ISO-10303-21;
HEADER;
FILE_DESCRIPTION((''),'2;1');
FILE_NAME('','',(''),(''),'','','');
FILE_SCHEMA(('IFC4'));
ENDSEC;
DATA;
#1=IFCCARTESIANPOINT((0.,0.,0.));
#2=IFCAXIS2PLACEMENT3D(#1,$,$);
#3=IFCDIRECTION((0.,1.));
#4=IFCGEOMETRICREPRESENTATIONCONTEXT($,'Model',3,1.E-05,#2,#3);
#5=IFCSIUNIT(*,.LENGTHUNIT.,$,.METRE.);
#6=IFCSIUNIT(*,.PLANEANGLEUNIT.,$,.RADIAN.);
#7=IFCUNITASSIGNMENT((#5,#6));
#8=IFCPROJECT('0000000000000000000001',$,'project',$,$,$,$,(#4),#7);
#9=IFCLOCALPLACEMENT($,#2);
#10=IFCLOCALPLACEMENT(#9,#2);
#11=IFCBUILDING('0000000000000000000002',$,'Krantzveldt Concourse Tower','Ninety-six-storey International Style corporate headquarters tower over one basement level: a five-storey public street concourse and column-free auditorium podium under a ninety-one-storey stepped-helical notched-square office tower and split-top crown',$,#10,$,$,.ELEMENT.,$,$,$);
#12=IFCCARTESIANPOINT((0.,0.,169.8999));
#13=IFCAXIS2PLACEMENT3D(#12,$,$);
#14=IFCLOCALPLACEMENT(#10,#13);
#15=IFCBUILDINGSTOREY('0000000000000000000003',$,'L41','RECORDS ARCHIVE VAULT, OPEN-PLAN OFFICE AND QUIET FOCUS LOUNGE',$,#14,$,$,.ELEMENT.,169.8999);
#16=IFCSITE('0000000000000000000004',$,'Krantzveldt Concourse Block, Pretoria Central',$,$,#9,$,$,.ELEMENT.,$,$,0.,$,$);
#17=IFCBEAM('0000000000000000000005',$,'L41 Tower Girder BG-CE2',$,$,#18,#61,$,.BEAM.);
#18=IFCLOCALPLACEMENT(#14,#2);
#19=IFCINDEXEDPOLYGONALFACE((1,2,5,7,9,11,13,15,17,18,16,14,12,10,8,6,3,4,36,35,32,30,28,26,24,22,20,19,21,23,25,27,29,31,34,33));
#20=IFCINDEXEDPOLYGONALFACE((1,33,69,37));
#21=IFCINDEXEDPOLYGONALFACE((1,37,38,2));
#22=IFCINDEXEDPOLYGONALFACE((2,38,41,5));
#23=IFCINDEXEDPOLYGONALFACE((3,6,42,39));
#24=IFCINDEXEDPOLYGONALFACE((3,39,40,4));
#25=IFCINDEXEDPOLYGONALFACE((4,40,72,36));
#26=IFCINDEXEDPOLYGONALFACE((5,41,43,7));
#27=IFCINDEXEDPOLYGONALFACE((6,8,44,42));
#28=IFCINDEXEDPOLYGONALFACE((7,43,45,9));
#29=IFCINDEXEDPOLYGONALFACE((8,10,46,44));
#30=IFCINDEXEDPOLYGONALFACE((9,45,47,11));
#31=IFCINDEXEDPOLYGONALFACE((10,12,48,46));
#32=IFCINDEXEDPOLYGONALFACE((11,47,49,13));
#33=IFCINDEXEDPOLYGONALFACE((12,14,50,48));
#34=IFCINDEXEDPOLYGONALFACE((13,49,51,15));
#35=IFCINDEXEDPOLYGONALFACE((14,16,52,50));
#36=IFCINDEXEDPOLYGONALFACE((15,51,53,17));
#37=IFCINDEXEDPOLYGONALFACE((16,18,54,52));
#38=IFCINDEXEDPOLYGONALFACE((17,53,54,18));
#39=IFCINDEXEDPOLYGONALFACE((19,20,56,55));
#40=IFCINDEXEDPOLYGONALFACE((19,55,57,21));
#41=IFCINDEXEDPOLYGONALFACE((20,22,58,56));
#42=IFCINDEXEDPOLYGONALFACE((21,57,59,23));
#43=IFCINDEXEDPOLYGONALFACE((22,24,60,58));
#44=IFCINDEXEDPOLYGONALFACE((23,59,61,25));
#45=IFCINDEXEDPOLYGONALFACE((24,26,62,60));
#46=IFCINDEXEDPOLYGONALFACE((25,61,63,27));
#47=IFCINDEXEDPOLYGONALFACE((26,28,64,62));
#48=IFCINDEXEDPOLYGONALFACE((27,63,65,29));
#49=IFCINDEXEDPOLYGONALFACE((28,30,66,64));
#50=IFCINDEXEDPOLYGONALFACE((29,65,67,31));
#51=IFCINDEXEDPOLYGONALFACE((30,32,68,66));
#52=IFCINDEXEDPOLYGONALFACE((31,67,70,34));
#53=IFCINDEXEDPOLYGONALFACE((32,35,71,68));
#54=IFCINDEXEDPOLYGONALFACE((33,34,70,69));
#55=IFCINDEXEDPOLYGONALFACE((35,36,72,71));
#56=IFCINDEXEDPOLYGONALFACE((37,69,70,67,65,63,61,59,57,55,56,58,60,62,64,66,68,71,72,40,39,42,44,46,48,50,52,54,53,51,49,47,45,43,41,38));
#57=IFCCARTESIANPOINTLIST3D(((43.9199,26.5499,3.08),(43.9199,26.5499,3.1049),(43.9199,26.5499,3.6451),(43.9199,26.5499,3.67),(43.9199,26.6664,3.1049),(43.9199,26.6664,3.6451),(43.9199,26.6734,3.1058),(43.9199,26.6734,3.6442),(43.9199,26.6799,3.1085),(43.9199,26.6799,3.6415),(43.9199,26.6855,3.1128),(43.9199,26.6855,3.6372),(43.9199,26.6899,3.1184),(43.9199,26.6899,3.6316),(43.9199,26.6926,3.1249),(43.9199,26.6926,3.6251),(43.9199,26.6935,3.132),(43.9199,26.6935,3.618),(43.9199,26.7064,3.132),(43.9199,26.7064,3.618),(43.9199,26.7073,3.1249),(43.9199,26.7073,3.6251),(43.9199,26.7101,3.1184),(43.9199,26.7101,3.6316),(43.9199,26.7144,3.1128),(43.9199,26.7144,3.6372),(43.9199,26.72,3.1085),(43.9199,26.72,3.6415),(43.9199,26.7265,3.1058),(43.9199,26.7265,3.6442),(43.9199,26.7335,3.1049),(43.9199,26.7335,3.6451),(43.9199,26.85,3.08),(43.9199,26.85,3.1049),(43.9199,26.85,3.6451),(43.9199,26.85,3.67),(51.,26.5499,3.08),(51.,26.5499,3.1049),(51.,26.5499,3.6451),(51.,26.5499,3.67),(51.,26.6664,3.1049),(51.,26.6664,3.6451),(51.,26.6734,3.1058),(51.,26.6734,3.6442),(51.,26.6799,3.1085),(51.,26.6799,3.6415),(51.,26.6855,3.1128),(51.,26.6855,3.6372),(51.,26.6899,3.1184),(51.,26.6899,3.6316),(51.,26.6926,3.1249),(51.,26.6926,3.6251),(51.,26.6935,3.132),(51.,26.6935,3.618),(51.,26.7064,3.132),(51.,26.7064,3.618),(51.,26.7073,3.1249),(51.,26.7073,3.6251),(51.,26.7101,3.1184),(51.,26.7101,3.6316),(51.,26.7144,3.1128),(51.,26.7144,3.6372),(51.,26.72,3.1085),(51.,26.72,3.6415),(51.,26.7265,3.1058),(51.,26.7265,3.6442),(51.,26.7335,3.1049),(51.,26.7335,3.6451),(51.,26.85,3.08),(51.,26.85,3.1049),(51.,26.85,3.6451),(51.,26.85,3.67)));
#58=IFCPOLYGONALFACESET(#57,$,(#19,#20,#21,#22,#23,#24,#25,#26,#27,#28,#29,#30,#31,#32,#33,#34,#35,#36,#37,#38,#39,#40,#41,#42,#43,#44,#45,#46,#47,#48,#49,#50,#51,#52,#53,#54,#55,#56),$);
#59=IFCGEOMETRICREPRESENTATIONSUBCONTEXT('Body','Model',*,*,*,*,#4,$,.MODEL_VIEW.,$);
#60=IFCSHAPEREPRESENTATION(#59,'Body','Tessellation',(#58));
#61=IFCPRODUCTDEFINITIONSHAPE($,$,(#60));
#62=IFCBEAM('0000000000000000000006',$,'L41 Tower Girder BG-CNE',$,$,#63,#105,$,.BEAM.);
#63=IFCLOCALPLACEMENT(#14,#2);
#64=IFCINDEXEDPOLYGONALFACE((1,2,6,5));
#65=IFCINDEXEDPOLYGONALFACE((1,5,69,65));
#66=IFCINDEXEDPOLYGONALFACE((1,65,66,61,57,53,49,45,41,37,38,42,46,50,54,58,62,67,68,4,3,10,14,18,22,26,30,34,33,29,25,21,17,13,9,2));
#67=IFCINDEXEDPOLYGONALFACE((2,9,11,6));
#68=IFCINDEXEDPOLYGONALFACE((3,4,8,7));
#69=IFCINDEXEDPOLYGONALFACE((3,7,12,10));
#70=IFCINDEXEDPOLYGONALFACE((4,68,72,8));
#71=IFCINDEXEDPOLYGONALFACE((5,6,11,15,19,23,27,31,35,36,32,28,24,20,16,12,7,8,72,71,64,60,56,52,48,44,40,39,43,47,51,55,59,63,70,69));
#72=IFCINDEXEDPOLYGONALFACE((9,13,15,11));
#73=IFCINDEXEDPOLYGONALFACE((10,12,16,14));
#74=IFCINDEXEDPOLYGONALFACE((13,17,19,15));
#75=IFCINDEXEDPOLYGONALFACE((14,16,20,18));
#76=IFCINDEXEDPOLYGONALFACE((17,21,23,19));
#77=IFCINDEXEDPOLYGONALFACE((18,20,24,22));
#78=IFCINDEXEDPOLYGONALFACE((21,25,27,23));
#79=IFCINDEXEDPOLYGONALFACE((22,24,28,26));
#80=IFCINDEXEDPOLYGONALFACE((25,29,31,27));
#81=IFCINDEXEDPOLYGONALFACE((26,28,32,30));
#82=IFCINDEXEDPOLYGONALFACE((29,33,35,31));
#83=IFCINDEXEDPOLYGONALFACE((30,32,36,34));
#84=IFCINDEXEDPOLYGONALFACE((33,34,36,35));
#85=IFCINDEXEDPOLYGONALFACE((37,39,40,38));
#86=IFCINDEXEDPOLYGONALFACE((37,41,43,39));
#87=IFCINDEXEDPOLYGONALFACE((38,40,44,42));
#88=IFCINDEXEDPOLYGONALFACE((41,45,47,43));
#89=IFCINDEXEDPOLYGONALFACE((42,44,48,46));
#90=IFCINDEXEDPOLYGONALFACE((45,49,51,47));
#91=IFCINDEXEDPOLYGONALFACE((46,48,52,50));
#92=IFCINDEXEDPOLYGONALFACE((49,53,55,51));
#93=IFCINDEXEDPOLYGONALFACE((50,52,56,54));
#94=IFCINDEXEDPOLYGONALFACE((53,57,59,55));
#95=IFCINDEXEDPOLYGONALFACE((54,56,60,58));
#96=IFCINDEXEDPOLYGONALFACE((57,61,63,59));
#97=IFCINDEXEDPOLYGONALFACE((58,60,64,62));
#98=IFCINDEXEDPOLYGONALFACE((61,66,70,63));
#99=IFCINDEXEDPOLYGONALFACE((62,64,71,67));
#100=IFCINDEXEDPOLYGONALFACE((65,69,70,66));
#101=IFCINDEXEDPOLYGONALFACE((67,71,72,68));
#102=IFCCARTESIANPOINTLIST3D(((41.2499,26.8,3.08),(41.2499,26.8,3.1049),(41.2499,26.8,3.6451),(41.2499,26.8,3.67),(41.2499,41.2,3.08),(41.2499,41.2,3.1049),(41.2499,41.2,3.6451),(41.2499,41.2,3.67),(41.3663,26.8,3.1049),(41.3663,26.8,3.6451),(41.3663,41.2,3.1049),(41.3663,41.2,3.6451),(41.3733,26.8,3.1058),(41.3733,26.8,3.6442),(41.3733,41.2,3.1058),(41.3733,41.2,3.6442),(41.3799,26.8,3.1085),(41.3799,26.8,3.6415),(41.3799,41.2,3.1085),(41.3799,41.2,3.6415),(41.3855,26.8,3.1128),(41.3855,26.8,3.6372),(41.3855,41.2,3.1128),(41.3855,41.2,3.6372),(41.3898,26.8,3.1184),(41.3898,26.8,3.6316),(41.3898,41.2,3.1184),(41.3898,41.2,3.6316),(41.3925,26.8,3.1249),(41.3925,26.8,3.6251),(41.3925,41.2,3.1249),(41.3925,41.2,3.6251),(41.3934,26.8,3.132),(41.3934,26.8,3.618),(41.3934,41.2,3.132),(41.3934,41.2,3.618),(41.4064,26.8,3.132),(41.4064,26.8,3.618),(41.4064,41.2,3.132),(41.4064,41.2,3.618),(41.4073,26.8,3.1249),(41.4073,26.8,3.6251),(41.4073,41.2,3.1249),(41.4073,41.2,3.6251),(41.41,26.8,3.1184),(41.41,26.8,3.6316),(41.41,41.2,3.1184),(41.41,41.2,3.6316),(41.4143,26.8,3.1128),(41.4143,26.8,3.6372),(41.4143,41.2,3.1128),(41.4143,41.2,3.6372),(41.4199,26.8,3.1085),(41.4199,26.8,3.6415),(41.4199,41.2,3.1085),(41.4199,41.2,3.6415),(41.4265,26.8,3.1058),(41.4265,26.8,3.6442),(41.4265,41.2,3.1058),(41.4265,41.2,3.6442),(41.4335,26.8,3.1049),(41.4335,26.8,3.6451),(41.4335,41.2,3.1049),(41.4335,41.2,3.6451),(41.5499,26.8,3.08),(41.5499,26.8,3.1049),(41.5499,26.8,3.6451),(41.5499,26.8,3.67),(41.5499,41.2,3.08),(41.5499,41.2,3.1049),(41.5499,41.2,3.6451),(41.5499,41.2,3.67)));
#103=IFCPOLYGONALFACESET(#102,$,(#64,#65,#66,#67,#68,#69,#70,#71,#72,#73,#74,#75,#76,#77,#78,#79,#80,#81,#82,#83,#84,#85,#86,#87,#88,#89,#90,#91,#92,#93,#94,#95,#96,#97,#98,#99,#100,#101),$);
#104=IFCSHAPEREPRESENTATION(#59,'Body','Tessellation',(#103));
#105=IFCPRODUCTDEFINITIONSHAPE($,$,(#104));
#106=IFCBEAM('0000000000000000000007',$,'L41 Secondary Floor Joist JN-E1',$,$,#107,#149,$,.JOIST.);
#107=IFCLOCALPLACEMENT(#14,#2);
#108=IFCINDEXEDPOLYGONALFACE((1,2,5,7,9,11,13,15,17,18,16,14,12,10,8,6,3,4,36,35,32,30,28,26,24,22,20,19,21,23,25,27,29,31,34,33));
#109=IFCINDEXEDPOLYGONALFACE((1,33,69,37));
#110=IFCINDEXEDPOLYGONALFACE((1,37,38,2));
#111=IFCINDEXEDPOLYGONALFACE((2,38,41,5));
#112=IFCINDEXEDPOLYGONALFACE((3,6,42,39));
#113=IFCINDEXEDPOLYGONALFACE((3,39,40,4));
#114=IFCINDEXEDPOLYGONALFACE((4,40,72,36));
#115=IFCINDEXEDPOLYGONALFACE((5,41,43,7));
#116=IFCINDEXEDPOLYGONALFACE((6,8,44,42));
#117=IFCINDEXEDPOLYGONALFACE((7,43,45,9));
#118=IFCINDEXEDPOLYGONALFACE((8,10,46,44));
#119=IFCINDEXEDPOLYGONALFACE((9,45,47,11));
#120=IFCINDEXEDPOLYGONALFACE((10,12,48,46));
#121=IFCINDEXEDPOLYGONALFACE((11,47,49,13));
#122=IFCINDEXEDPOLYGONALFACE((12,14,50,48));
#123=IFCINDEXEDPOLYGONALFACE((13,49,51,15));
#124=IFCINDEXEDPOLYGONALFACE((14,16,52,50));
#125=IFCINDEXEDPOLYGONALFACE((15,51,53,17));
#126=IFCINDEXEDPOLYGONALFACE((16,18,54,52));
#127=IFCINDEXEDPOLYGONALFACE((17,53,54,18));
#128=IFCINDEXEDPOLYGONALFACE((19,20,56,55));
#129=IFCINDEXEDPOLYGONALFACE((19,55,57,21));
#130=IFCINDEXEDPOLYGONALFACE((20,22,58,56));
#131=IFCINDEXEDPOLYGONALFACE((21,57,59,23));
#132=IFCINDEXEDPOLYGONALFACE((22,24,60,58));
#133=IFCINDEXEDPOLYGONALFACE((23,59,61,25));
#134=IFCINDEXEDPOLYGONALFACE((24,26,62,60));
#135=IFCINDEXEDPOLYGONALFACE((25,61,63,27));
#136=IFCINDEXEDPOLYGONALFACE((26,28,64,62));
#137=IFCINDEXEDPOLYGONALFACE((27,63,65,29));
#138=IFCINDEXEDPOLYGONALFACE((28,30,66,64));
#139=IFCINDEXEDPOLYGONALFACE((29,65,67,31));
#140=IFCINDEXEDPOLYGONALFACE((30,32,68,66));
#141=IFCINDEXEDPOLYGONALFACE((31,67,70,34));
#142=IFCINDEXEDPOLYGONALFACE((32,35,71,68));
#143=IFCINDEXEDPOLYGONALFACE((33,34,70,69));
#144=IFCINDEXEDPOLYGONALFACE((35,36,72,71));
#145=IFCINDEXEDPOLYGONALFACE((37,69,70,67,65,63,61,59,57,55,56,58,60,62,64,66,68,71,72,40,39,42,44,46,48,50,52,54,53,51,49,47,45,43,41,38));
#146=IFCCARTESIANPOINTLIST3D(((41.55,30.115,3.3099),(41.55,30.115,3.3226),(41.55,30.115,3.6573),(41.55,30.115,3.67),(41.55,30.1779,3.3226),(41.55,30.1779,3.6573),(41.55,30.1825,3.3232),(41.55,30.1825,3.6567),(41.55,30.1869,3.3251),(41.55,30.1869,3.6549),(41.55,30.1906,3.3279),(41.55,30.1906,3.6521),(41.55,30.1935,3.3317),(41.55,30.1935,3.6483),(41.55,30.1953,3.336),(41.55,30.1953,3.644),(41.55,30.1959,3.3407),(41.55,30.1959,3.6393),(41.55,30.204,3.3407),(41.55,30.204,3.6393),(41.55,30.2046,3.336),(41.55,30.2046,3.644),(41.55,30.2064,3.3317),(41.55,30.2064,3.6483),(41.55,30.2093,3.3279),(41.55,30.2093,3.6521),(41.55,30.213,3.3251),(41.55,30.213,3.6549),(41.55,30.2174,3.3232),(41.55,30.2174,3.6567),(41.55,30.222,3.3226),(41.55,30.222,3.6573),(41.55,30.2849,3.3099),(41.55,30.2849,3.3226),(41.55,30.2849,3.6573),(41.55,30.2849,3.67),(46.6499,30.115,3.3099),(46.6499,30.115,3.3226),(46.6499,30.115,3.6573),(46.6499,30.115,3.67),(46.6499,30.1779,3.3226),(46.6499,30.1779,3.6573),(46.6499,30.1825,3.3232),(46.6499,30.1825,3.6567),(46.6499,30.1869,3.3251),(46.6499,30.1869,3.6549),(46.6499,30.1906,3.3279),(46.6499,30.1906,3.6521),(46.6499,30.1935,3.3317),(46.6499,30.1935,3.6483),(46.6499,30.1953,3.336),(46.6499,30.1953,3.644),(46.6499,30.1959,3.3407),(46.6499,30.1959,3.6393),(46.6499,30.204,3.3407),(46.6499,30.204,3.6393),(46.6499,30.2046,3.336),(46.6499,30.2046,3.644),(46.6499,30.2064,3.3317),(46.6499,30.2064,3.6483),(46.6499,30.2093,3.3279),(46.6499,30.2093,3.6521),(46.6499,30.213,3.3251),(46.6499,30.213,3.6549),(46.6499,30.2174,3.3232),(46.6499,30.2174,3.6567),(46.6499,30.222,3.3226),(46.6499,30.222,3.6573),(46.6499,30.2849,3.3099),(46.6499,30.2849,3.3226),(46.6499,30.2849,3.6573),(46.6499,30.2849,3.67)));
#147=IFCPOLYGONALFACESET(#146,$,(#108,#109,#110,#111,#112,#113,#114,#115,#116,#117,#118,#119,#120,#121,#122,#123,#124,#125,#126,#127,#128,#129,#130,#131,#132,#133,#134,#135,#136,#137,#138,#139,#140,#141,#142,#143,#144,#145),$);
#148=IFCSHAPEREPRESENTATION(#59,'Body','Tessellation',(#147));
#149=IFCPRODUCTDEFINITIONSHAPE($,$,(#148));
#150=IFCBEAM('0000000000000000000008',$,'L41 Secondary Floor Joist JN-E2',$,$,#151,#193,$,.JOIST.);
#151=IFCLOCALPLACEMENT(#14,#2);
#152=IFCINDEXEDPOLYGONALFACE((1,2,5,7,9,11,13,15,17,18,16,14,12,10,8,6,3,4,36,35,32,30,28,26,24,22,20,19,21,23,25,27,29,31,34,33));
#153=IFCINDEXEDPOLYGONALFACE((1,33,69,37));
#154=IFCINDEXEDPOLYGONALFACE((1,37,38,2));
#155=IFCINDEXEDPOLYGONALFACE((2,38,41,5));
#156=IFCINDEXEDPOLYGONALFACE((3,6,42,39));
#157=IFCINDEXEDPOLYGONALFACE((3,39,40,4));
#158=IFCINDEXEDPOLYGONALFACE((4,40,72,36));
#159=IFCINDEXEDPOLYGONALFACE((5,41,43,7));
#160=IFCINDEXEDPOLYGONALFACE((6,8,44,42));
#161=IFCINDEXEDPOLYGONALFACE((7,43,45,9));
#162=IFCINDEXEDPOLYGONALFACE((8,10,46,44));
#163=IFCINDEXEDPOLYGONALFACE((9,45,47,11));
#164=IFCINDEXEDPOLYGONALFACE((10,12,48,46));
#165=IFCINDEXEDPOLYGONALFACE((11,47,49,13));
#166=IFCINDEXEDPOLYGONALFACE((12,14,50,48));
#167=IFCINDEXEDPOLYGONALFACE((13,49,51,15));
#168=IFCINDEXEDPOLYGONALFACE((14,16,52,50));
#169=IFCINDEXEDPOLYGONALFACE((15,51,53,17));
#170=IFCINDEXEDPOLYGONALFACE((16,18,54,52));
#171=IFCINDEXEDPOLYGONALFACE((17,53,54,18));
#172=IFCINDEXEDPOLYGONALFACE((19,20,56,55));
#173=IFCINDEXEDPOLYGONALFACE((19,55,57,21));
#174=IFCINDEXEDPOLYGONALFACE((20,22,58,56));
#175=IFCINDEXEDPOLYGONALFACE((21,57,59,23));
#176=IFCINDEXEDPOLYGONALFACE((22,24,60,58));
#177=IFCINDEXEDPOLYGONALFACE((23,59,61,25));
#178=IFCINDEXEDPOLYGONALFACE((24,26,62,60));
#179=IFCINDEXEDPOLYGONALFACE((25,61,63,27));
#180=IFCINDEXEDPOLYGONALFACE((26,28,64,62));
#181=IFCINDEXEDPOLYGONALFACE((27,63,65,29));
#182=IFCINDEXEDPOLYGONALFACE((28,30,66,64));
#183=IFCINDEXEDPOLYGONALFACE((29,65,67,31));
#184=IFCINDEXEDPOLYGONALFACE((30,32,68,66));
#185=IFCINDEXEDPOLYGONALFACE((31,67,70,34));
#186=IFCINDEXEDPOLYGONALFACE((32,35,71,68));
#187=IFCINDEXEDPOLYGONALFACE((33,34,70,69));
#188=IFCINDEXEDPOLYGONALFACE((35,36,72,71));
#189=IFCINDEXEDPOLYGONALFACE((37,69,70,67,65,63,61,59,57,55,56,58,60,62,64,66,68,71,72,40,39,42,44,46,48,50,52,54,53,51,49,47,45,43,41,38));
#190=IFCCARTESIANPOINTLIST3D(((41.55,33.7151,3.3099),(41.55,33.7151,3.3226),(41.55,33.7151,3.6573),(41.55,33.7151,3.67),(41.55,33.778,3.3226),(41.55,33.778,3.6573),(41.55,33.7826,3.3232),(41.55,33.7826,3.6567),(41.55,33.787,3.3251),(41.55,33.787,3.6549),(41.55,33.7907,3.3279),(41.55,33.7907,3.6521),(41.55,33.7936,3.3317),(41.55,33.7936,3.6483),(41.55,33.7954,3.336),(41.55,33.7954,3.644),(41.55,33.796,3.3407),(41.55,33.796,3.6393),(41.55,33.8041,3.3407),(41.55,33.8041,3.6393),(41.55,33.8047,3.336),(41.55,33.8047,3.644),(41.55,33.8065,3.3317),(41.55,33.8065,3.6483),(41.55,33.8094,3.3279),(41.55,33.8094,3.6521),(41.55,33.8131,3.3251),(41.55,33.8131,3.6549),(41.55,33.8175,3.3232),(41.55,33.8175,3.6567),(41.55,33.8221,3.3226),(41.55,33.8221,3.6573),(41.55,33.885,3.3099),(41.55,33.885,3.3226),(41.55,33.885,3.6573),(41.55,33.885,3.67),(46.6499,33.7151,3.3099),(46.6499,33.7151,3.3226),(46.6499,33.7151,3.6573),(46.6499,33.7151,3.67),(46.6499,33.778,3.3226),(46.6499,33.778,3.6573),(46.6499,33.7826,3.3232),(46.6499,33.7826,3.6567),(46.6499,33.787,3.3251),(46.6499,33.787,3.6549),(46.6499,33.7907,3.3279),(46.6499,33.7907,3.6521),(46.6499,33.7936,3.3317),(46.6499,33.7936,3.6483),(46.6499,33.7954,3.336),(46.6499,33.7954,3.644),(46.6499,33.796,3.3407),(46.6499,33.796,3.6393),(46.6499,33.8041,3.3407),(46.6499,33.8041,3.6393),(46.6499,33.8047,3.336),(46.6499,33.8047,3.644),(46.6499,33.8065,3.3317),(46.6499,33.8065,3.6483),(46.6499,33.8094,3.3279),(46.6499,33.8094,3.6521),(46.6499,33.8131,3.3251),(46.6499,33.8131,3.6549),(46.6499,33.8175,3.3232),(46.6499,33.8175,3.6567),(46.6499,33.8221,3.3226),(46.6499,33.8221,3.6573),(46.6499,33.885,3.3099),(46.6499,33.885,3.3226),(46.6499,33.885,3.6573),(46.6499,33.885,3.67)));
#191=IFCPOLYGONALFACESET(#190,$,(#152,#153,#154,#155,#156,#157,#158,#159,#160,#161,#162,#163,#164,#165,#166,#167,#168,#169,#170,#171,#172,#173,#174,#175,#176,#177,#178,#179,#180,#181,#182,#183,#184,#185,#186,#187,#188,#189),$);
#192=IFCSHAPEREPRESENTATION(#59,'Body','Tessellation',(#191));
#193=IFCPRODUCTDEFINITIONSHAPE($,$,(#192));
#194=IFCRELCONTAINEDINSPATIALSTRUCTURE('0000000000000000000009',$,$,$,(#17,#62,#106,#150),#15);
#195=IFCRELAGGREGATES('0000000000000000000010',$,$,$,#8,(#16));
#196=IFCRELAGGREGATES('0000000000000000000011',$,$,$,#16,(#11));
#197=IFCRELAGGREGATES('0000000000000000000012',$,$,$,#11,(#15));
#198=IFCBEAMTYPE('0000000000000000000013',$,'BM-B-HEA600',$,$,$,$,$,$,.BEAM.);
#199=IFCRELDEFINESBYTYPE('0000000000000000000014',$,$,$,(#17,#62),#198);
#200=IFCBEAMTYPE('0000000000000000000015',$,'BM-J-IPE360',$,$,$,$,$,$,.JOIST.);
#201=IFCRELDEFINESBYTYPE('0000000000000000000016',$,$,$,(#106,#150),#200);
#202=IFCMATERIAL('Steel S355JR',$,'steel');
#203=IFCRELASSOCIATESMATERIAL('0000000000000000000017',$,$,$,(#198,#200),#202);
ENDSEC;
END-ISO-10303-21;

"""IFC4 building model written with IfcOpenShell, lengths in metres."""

from ifc_helpers import new_model, si_unit, direction, frame, origin, origin_2d, place, context, subcontext, project, spatial, i_section, extrude, source, transform, mapped, material, material_profile, profile_set, type_object, type_shapes, element, save


model = new_model("IFC4")

# Units and contexts
model_context = context("Model", 3, precision=1e-05, world=origin(), true_north=direction((0.0, 1.0)))
body_context = subcontext(model_context, "Body", "Model", "MODEL_VIEW")
ifc_project = project(units=[si_unit("LENGTHUNIT", "METRE"), si_unit("PLANEANGLEUNIT", "RADIAN")], contexts=[model_context])

# Site, building, storey
site_placement = place(None, origin())
site = spatial("IfcSite", under=ifc_project, at=site_placement, Name="Krantzveldt Concourse Block, Pretoria Central", CompositionType="ELEMENT", RefElevation=0.0)
building_placement = place(site_placement, origin())
building = spatial("IfcBuilding", under=site, at=building_placement, Name="Krantzveldt Concourse Tower", Description="Ninety-six-storey International Style corporate headquarters tower over one basement level: a five-storey public street concourse and column-free auditorium podium under a ninety-one-storey stepped-helical notched-square office tower and split-top crown", CompositionType="ELEMENT")
storey_placement = place(building_placement, frame((0.0, 0.0, 169.8999)))
storey = spatial("IfcBuildingStorey", under=building, at=storey_placement, Name="L41", Description="RECORDS ARCHIVE VAULT, OPEN-PLAN OFFICE AND QUIET FOCUS LOUNGE", CompositionType="ELEMENT", Elevation=169.8999)

# Beams
ifc_material_1 = material(Name="Steel S355JR", Category="steel")
ifc_material_profile_1 = material_profile(ifc_material_1, i_section(OverallWidth=0.3, OverallDepth=0.5901, WebThickness=0.0129, FlangeThickness=0.0249, FilletRadius=0.0271, at=origin_2d()), Name="Steel S355JR", Category="steel")
ifc_profile_set_1 = profile_set([ifc_material_profile_1], Name="Steel S355JR - HEA 600")
beam_type_1 = type_object("IfcBeamType", Name="BM-B-HEA600", PredefinedType="BEAM", material=ifc_profile_set_1)
shared_shape_1 = source(origin(), body_context, "Body", "SweptSolid", [
    extrude(i_section(OverallWidth=0.3, OverallDepth=0.5901, WebThickness=0.0129, FlangeThickness=0.0249, FilletRadius=0.0271, at=origin_2d()), origin(), (0.0, 0.0, 1.0), 7.0801),
])
beam_1_placement = place(storey_placement, frame((43.9199, 26.7, 3.375), z_axis=(1.0, 0.0, 0.0), x_axis=(0.0, 1.0, 0.0)))
element("IfcBeam", 1, at=beam_1_placement, inside=storey, type_object=beam_type_1, Name="L41 Tower Girder BG-CE2", PredefinedType="BEAM", context=body_context, shape_type="MappedRepresentation", body=[
    mapped(shared_shape_1, transform((0.0, 0.0, 0.0), x_axis=(1.0, 0.0, 0.0), y_axis=(0.0, 1.0, 0.0), z_axis=(0.0, 0.0, 1.0), scale=1.0)),
])
shared_shape_2 = source(origin(), body_context, "Body", "SweptSolid", [
    extrude(i_section(OverallWidth=0.3, OverallDepth=0.5901, WebThickness=0.0129, FlangeThickness=0.0249, FilletRadius=0.0271, at=origin_2d()), origin(), (0.0, 0.0, 1.0), 14.3999),
])
type_shapes(beam_type_1, [shared_shape_1, shared_shape_2])
beam_2_placement = place(storey_placement, frame((41.3999, 26.8, 3.375), z_axis=(0.0, 1.0, 0.0), x_axis=(-1.0, 0.0, 0.0)))
element("IfcBeam", 2, at=beam_2_placement, inside=storey, type_object=beam_type_1, Name="L41 Tower Girder BG-CNE", PredefinedType="BEAM", context=body_context, shape_type="MappedRepresentation", body=[
    mapped(shared_shape_2, transform((0.0, 0.0, 0.0), x_axis=(1.0, 0.0, 0.0), y_axis=(0.0, 1.0, 0.0), z_axis=(0.0, 0.0, 1.0), scale=1.0)),
])
ifc_material_profile_2 = material_profile(ifc_material_1, i_section(OverallWidth=0.1699, OverallDepth=0.3601, WebThickness=0.0081, FlangeThickness=0.0127, FilletRadius=0.0181, at=origin_2d()), Name="Steel S355JR", Category="steel")
ifc_profile_set_2 = profile_set([ifc_material_profile_2], Name="Steel S355JR - IPE 360")
beam_type_2 = type_object("IfcBeamType", Name="BM-J-IPE360", PredefinedType="JOIST", material=ifc_profile_set_2)
shared_shape_3 = source(origin(), body_context, "Body", "SweptSolid", [
    extrude(i_section(OverallWidth=0.1699, OverallDepth=0.3601, WebThickness=0.0081, FlangeThickness=0.0127, FilletRadius=0.0181, at=origin_2d()), origin(), (0.0, 0.0, 1.0), 5.0999),
])
type_shapes(beam_type_2, [shared_shape_3])
for number, where, z_axis, x_axis, name in (
    (3, (41.55, 30.2, 3.49), (1.0, 0.0, 0.0), (0.0, 1.0, 0.0), "L41 Secondary Floor Joist JN-E1"),
    (4, (41.55, 33.8, 3.49), (1.0, 0.0, 0.0), (0.0, 1.0, 0.0), "L41 Secondary Floor Joist JN-E2"),
):
    element("IfcBeam", number, at=place(storey_placement, frame(where, z_axis=z_axis, x_axis=x_axis)), inside=storey, type_object=beam_type_2, Name=name, PredefinedType="JOIST", context=body_context, shape_type="MappedRepresentation", body=[
        mapped(shared_shape_3, transform((0.0, 0.0, 0.0), x_axis=(1.0, 0.0, 0.0), y_axis=(0.0, 1.0, 0.0), z_axis=(0.0, 0.0, 1.0), scale=1.0)),
    ])

save(model, "model.ifc")
